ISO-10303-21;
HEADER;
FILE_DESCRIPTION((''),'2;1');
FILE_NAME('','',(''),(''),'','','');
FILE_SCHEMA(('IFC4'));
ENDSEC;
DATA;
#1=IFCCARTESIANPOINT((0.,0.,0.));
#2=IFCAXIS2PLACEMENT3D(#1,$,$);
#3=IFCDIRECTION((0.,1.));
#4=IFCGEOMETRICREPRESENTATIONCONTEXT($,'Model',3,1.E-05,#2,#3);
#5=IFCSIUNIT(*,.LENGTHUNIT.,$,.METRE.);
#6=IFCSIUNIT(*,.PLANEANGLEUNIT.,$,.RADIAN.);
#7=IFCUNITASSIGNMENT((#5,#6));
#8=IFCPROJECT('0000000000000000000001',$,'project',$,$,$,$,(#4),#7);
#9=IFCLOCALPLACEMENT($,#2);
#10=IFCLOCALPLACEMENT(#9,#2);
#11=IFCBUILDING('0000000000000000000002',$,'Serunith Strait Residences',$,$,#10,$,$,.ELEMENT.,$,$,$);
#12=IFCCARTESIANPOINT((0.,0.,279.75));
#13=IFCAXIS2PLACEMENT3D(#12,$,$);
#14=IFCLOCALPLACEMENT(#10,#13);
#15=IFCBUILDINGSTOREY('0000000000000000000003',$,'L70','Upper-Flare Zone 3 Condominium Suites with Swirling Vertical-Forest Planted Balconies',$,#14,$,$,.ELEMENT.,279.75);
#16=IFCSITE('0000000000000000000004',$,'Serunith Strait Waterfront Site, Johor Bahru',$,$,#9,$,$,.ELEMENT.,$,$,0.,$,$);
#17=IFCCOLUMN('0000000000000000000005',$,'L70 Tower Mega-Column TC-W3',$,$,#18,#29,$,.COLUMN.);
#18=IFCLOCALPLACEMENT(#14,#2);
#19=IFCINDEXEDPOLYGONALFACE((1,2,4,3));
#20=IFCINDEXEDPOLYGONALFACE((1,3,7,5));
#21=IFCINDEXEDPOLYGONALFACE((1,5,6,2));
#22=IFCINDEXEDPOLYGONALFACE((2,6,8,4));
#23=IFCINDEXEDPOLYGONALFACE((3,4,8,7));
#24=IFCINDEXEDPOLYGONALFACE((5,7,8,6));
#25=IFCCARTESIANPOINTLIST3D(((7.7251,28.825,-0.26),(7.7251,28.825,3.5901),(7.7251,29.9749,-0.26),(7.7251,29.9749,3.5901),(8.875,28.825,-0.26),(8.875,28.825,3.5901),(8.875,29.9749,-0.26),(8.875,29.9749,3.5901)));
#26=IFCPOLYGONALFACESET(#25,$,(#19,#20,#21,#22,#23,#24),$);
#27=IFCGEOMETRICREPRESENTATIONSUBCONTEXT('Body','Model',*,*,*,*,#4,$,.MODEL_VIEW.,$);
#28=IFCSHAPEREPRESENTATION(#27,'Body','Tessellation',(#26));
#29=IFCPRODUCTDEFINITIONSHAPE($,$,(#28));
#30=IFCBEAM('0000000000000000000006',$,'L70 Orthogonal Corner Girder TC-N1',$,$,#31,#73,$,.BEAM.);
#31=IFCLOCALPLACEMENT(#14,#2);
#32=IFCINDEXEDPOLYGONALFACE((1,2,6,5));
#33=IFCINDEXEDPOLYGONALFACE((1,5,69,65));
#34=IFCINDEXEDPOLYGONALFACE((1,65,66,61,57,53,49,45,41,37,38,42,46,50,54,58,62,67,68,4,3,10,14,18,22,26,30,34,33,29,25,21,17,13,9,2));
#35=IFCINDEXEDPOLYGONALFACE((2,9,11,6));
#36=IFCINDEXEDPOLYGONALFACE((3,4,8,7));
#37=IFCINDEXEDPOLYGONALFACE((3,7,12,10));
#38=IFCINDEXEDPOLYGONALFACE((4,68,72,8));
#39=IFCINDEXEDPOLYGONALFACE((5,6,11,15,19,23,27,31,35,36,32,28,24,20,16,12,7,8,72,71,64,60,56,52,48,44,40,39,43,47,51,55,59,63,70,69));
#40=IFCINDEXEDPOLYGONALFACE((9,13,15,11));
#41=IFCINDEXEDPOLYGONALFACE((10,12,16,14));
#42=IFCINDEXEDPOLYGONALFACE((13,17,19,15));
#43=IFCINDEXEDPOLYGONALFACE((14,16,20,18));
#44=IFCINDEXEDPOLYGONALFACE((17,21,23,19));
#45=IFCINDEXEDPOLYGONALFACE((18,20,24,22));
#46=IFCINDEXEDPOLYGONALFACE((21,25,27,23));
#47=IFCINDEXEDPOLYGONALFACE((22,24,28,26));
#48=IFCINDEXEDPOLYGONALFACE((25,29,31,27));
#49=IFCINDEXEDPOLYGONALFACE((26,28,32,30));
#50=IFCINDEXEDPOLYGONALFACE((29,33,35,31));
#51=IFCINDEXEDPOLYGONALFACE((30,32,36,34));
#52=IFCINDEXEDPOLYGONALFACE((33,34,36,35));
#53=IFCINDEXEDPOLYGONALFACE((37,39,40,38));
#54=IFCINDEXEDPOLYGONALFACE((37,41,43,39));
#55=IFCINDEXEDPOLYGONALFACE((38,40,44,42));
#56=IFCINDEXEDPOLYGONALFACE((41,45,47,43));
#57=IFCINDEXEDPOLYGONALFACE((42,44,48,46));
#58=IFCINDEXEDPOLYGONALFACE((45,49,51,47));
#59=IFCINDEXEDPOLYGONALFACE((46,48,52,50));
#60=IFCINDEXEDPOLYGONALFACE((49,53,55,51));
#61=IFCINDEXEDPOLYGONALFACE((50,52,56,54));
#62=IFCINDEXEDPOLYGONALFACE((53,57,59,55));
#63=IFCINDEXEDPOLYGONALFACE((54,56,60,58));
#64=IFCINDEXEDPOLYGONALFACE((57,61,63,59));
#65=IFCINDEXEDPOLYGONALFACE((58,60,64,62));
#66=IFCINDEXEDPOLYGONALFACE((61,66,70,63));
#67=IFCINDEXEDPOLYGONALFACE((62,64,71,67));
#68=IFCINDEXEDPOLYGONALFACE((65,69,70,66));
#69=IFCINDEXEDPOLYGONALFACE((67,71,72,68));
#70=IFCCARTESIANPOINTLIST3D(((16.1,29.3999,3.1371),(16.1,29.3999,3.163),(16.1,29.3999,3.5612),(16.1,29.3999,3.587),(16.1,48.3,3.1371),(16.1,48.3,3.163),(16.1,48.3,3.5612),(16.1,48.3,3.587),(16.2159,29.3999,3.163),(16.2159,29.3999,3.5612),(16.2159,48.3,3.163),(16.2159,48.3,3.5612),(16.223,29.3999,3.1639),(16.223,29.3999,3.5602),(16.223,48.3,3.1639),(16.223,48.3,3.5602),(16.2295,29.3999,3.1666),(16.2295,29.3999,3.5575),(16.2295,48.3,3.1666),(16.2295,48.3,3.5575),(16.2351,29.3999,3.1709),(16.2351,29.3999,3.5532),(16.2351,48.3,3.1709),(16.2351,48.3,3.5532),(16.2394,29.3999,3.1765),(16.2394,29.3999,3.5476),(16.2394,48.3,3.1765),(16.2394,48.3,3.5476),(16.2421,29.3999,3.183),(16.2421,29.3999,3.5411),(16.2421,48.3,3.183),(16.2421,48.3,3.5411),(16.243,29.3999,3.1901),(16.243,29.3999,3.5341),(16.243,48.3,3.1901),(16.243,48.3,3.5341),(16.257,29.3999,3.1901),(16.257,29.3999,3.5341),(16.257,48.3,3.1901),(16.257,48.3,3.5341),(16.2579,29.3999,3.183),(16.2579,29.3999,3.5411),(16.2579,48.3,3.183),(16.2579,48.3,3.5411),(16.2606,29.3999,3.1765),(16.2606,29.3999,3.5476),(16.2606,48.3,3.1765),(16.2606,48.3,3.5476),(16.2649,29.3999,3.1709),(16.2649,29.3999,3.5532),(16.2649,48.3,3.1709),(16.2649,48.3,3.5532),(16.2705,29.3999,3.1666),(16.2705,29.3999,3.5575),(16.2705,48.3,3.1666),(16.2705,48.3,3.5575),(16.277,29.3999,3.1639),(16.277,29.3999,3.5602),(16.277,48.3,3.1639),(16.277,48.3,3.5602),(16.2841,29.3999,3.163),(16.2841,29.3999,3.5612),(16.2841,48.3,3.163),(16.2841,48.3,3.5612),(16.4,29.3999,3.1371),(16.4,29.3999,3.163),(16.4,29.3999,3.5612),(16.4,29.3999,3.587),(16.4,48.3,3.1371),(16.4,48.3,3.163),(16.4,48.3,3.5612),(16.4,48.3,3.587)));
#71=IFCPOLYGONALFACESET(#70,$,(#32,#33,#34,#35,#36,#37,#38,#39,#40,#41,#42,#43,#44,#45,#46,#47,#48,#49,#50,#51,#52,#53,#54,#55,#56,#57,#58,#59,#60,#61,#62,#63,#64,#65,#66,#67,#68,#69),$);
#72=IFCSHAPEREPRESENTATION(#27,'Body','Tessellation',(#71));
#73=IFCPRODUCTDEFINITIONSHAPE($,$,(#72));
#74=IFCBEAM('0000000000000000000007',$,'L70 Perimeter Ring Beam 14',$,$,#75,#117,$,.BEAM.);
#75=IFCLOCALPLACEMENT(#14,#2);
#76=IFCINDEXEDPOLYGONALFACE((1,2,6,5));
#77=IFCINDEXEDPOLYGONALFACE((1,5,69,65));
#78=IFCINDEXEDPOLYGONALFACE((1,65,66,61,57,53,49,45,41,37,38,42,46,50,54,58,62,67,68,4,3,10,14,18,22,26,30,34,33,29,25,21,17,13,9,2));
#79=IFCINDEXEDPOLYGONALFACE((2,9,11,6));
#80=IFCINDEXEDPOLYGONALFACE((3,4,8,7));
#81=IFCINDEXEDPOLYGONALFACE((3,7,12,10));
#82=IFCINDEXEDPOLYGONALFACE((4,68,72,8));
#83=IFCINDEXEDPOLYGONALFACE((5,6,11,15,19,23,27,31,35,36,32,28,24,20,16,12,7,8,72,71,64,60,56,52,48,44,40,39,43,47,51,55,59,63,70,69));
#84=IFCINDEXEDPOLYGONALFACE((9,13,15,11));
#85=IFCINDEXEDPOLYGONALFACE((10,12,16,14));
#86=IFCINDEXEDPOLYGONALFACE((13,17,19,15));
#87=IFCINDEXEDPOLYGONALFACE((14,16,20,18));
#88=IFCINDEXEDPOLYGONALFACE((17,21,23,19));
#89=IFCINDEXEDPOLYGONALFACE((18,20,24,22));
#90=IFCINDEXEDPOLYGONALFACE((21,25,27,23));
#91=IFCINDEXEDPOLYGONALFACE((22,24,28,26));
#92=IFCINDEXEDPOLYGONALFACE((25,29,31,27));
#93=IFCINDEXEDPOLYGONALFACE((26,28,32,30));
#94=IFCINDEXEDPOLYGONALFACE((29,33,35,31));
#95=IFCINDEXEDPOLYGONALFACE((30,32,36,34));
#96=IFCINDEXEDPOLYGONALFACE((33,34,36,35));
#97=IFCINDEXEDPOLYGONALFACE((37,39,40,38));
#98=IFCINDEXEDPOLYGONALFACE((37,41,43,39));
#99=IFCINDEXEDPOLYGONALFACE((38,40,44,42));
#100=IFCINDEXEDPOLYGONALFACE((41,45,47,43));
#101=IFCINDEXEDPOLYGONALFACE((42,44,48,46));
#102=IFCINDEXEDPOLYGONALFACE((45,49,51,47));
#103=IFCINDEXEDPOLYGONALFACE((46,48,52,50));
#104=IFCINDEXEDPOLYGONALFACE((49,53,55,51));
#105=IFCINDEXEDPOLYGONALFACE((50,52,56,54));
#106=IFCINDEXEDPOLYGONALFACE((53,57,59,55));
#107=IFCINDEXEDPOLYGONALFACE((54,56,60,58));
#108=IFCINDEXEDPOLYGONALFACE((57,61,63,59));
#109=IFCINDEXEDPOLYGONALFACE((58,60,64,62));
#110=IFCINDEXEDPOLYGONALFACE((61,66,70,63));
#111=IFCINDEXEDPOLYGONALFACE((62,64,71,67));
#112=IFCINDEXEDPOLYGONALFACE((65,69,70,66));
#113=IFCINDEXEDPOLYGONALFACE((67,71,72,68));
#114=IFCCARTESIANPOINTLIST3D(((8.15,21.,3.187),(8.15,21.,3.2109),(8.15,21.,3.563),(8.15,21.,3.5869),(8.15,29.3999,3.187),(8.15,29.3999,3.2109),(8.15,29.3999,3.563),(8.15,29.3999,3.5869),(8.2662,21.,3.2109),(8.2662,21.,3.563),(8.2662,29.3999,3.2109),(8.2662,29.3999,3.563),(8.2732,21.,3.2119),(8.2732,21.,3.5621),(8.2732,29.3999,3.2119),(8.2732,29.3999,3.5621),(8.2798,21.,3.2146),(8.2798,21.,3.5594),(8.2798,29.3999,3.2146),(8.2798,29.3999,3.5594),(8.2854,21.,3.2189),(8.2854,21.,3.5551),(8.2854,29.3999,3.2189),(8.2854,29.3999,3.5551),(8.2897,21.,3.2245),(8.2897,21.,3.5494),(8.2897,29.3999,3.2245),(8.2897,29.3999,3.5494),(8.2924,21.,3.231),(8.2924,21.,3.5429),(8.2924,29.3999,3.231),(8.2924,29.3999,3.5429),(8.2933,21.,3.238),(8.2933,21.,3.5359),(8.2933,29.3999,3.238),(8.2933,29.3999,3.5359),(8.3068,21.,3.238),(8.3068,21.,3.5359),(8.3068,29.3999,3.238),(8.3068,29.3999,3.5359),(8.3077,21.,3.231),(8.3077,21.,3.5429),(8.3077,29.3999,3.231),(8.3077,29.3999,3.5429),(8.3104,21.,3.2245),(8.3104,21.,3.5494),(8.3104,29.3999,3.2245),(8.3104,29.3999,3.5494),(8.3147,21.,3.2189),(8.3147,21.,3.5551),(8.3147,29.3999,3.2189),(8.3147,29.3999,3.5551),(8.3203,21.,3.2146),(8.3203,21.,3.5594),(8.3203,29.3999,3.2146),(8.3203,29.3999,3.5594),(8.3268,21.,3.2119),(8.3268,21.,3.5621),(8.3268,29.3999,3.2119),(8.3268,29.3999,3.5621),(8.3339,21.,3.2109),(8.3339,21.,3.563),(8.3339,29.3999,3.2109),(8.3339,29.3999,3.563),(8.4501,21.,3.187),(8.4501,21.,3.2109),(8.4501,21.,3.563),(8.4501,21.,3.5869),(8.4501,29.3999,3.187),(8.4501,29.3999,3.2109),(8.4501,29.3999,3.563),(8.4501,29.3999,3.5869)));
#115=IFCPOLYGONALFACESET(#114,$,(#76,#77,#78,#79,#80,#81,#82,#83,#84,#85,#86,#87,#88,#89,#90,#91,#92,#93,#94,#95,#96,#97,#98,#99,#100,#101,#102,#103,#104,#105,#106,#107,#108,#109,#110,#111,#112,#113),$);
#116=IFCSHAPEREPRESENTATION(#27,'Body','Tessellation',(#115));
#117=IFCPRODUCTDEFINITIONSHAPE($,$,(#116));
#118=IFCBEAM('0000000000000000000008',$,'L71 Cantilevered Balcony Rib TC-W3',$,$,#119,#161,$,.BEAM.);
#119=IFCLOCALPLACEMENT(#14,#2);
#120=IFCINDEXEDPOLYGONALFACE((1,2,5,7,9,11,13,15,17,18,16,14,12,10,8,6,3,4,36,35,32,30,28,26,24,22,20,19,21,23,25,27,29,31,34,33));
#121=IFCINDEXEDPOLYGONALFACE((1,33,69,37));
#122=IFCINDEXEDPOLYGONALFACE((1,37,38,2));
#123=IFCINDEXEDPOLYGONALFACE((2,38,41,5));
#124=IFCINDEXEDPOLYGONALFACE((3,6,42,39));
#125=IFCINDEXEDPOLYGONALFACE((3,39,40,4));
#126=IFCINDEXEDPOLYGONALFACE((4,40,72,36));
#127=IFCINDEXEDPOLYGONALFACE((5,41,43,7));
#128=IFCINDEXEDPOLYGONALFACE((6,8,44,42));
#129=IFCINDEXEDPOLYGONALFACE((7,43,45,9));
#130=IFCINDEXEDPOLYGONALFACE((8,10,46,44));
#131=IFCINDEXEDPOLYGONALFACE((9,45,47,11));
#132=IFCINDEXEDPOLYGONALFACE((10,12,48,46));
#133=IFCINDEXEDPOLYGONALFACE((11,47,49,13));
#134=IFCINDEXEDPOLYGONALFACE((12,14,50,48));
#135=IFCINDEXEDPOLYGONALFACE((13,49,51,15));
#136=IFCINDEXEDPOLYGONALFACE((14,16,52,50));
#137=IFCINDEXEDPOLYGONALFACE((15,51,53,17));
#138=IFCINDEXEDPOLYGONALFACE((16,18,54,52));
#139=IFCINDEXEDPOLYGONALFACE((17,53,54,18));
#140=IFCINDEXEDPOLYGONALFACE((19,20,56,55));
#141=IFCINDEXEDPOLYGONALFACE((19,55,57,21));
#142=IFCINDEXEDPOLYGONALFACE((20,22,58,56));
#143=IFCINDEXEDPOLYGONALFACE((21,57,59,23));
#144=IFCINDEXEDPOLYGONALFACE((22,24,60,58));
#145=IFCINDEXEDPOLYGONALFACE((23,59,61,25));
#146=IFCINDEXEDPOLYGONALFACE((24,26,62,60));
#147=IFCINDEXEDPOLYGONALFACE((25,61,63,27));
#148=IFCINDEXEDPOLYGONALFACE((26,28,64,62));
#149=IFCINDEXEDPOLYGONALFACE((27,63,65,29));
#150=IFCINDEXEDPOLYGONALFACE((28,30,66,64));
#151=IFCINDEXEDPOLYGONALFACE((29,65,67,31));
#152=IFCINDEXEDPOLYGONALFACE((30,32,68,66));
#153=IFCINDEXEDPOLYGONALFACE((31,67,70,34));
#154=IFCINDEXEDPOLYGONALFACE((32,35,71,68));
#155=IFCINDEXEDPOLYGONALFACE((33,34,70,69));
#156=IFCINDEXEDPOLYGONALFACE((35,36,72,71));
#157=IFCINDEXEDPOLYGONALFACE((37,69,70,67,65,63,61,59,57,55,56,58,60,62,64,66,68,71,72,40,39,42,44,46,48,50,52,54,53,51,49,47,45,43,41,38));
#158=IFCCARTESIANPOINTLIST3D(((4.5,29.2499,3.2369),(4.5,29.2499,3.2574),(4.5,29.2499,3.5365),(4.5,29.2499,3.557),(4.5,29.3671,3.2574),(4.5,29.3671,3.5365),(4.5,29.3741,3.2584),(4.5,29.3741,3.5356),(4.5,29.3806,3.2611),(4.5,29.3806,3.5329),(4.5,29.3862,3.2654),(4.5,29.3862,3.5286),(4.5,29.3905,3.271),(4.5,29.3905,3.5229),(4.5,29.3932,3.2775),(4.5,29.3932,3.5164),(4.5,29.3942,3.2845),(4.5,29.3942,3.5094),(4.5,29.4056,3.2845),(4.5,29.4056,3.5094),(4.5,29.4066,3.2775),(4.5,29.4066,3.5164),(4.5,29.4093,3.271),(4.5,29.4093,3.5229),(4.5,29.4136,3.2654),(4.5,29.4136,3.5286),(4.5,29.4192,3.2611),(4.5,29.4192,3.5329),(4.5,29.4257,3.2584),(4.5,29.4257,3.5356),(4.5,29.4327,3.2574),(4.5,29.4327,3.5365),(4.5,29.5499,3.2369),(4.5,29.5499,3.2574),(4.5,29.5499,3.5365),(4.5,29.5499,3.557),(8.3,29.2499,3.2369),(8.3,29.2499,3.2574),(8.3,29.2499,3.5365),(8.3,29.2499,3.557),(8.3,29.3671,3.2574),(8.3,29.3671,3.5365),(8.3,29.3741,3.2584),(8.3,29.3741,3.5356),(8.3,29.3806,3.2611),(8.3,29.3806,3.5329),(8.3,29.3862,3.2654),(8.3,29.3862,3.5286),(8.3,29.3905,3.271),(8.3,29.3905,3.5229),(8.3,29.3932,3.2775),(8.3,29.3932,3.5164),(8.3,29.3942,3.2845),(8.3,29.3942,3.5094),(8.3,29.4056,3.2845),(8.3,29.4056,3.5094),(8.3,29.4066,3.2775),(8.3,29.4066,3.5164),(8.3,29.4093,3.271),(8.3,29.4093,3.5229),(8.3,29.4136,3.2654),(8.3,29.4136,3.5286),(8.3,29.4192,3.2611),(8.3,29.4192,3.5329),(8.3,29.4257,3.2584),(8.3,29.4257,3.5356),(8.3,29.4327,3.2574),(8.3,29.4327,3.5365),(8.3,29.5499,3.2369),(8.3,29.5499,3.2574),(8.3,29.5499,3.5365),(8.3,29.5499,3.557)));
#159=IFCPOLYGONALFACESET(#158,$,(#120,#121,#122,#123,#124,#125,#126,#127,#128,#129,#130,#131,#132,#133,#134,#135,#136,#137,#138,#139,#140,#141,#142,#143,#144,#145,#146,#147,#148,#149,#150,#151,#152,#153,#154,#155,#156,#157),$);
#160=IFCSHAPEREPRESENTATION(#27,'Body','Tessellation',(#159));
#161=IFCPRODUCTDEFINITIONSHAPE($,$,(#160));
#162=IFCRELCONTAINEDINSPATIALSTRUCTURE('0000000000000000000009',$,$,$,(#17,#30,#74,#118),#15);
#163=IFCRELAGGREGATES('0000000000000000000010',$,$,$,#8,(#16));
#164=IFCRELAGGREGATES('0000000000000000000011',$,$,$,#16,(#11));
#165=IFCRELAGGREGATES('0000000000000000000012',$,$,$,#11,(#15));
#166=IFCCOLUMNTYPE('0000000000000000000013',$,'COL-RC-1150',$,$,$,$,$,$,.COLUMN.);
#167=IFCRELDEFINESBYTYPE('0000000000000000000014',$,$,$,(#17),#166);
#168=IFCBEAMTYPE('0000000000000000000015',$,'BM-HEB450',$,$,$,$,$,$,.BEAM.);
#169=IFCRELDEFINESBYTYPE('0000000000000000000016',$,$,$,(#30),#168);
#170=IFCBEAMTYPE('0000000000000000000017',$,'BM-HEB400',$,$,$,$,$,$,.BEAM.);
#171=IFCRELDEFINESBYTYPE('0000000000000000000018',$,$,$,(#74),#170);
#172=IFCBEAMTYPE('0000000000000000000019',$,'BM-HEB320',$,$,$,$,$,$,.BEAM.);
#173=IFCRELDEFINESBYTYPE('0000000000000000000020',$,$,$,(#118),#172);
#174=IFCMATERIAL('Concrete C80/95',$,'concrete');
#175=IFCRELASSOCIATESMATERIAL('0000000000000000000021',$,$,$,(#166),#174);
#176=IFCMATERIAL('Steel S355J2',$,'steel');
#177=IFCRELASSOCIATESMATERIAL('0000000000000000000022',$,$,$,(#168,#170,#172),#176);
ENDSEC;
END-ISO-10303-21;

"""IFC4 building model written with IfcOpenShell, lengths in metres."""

from ifc_helpers import new_model, si_unit, direction, frame, origin, origin_2d, place, context, subcontext, project, spatial, rectangle, i_section, extrude, source, transform, mapped, material, material_profile, profile_set, type_object, element, save


model = new_model("IFC4")

# Units and contexts
model_context = context("Model", 3, precision=1e-05, world=origin(), true_north=direction((0.0, 1.0)))
body_context = subcontext(model_context, "Body", "Model", "MODEL_VIEW")
ifc_project = project(units=[si_unit("LENGTHUNIT", "METRE"), si_unit("PLANEANGLEUNIT", "RADIAN")], contexts=[model_context])

# Site, building, storey
site_placement = place(None, origin())
site = spatial("IfcSite", under=ifc_project, at=site_placement, Name="Serunith Strait Waterfront Site, Johor Bahru", CompositionType="ELEMENT", RefElevation=0.0)
building_placement = place(site_placement, origin())
building = spatial("IfcBuilding", under=site, at=building_placement, Name="Serunith Strait Residences", CompositionType="ELEMENT")
storey_placement = place(building_placement, frame((0.0, 0.0, 279.75)))
storey = spatial("IfcBuildingStorey", under=building, at=storey_placement, Name="L70", Description="Upper-Flare Zone 3 Condominium Suites with Swirling Vertical-Forest Planted Balconies", CompositionType="ELEMENT", Elevation=279.75)

# Column
ifc_material_1 = material(Name="Concrete C80/95", Category="concrete")
ifc_material_profile_1 = material_profile(ifc_material_1, rectangle(XDim=1.1499, YDim=1.1499, at=origin_2d()), Name="RC 1150x1150")
ifc_profile_set_1 = profile_set([ifc_material_profile_1], Name="Concrete C80/95")
column_type = type_object("IfcColumnType", Name="COL-RC-1150", PredefinedType="COLUMN", material=ifc_profile_set_1)
shared_shape_1 = source(origin(), body_context, "Body", "SweptSolid", [
    extrude(rectangle(XDim=1.1499, YDim=1.1499, at=origin_2d()), origin(), (0.0, 0.0, 1.0), 3.8501),
])
column_placement = place(storey_placement, frame((8.3, 29.3999, -0.26), z_axis=(0.0, 0.0, 1.0), x_axis=(1.0, 0.0, 0.0)))
element("IfcColumn", 1, at=column_placement, inside=storey, type_object=column_type, Name="L70 Tower Mega-Column TC-W3", PredefinedType="COLUMN", context=body_context, shape_type="MappedRepresentation", body=[
    mapped(shared_shape_1, transform((0.0, 0.0, 0.0), scale=1.0)),
])

# Beams
ifc_material_2 = material(Name="Steel S355J2", Category="steel")
ifc_material_profile_2 = material_profile(ifc_material_2, i_section(OverallWidth=0.3, OverallDepth=0.45, WebThickness=0.0139, FlangeThickness=0.0259, FilletRadius=0.0271, at=origin_2d()), Name="HEB 450")
ifc_profile_set_2 = profile_set([ifc_material_profile_2], Name="Steel S355J2")
beam_type_1 = type_object("IfcBeamType", Name="BM-HEB450", PredefinedType="BEAM", material=ifc_profile_set_2)
shared_shape_2 = source(origin(), body_context, "Body", "SweptSolid", [
    extrude(i_section(OverallWidth=0.3, OverallDepth=0.45, WebThickness=0.0139, FlangeThickness=0.0259, FilletRadius=0.0271, at=origin_2d()), origin(), (0.0, 0.0, 1.0), 18.9001),
])
beam_1_placement = place(storey_placement, frame((16.25, 29.3999, 3.3621), z_axis=(0.0, 1.0, 0.0), x_axis=(-1.0, 0.0, 0.0)))
element("IfcBeam", 2, at=beam_1_placement, inside=storey, type_object=beam_type_1, Name="L70 Orthogonal Corner Girder TC-N1", PredefinedType="BEAM", context=body_context, shape_type="MappedRepresentation", body=[
    mapped(shared_shape_2, transform((0.0, 0.0, 0.0), scale=1.0)),
])
ifc_material_profile_3 = material_profile(ifc_material_2, i_section(OverallWidth=0.3, OverallDepth=0.3999, WebThickness=0.0134, FlangeThickness=0.0239, FilletRadius=0.0271, at=origin_2d()), Name="HEB 400")
ifc_profile_set_3 = profile_set([ifc_material_profile_3], Name="Steel S355J2")
beam_type_2 = type_object("IfcBeamType", Name="BM-HEB400", PredefinedType="BEAM", material=ifc_profile_set_3)
shared_shape_3 = source(origin(), body_context, "Body", "SweptSolid", [
    extrude(i_section(OverallWidth=0.3, OverallDepth=0.3999, WebThickness=0.0134, FlangeThickness=0.0239, FilletRadius=0.0271, at=origin_2d()), origin(), (0.0, 0.0, 1.0), 8.3999),
])
beam_2_placement = place(storey_placement, frame((8.3, 29.3999, 3.387), z_axis=(0.0, -1.0, 0.0), x_axis=(1.0, 0.0, 0.0)))
element("IfcBeam", 3, at=beam_2_placement, inside=storey, type_object=beam_type_2, Name="L70 Perimeter Ring Beam 14", PredefinedType="BEAM", context=body_context, shape_type="MappedRepresentation", body=[
    mapped(shared_shape_3, transform((0.0, 0.0, 0.0), scale=1.0)),
])
ifc_material_profile_4 = material_profile(ifc_material_2, i_section(OverallWidth=0.3, OverallDepth=0.3201, WebThickness=0.0115, FlangeThickness=0.0205, FilletRadius=0.0271, at=origin_2d()), Name="HEB 320")
ifc_profile_set_4 = profile_set([ifc_material_profile_4], Name="Steel S355J2")
beam_type_3 = type_object("IfcBeamType", Name="BM-HEB320", PredefinedType="BEAM", material=ifc_profile_set_4)
shared_shape_4 = source(origin(), body_context, "Body", "SweptSolid", [
    extrude(i_section(OverallWidth=0.3, OverallDepth=0.3201, WebThickness=0.0115, FlangeThickness=0.0205, FilletRadius=0.0271, at=origin_2d()), origin(), (0.0, 0.0, 1.0), 3.8),
])
beam_3_placement = place(storey_placement, frame((8.3, 29.3999, 3.397), z_axis=(-1.0, 0.0, 0.0), x_axis=(0.0, -1.0, 0.0)))
element("IfcBeam", 4, at=beam_3_placement, inside=storey, type_object=beam_type_3, Name="L71 Cantilevered Balcony Rib TC-W3", PredefinedType="BEAM", context=body_context, shape_type="MappedRepresentation", body=[
    mapped(shared_shape_4, transform((0.0, 0.0, 0.0), scale=1.0)),
])

save(model, "model.ifc")
